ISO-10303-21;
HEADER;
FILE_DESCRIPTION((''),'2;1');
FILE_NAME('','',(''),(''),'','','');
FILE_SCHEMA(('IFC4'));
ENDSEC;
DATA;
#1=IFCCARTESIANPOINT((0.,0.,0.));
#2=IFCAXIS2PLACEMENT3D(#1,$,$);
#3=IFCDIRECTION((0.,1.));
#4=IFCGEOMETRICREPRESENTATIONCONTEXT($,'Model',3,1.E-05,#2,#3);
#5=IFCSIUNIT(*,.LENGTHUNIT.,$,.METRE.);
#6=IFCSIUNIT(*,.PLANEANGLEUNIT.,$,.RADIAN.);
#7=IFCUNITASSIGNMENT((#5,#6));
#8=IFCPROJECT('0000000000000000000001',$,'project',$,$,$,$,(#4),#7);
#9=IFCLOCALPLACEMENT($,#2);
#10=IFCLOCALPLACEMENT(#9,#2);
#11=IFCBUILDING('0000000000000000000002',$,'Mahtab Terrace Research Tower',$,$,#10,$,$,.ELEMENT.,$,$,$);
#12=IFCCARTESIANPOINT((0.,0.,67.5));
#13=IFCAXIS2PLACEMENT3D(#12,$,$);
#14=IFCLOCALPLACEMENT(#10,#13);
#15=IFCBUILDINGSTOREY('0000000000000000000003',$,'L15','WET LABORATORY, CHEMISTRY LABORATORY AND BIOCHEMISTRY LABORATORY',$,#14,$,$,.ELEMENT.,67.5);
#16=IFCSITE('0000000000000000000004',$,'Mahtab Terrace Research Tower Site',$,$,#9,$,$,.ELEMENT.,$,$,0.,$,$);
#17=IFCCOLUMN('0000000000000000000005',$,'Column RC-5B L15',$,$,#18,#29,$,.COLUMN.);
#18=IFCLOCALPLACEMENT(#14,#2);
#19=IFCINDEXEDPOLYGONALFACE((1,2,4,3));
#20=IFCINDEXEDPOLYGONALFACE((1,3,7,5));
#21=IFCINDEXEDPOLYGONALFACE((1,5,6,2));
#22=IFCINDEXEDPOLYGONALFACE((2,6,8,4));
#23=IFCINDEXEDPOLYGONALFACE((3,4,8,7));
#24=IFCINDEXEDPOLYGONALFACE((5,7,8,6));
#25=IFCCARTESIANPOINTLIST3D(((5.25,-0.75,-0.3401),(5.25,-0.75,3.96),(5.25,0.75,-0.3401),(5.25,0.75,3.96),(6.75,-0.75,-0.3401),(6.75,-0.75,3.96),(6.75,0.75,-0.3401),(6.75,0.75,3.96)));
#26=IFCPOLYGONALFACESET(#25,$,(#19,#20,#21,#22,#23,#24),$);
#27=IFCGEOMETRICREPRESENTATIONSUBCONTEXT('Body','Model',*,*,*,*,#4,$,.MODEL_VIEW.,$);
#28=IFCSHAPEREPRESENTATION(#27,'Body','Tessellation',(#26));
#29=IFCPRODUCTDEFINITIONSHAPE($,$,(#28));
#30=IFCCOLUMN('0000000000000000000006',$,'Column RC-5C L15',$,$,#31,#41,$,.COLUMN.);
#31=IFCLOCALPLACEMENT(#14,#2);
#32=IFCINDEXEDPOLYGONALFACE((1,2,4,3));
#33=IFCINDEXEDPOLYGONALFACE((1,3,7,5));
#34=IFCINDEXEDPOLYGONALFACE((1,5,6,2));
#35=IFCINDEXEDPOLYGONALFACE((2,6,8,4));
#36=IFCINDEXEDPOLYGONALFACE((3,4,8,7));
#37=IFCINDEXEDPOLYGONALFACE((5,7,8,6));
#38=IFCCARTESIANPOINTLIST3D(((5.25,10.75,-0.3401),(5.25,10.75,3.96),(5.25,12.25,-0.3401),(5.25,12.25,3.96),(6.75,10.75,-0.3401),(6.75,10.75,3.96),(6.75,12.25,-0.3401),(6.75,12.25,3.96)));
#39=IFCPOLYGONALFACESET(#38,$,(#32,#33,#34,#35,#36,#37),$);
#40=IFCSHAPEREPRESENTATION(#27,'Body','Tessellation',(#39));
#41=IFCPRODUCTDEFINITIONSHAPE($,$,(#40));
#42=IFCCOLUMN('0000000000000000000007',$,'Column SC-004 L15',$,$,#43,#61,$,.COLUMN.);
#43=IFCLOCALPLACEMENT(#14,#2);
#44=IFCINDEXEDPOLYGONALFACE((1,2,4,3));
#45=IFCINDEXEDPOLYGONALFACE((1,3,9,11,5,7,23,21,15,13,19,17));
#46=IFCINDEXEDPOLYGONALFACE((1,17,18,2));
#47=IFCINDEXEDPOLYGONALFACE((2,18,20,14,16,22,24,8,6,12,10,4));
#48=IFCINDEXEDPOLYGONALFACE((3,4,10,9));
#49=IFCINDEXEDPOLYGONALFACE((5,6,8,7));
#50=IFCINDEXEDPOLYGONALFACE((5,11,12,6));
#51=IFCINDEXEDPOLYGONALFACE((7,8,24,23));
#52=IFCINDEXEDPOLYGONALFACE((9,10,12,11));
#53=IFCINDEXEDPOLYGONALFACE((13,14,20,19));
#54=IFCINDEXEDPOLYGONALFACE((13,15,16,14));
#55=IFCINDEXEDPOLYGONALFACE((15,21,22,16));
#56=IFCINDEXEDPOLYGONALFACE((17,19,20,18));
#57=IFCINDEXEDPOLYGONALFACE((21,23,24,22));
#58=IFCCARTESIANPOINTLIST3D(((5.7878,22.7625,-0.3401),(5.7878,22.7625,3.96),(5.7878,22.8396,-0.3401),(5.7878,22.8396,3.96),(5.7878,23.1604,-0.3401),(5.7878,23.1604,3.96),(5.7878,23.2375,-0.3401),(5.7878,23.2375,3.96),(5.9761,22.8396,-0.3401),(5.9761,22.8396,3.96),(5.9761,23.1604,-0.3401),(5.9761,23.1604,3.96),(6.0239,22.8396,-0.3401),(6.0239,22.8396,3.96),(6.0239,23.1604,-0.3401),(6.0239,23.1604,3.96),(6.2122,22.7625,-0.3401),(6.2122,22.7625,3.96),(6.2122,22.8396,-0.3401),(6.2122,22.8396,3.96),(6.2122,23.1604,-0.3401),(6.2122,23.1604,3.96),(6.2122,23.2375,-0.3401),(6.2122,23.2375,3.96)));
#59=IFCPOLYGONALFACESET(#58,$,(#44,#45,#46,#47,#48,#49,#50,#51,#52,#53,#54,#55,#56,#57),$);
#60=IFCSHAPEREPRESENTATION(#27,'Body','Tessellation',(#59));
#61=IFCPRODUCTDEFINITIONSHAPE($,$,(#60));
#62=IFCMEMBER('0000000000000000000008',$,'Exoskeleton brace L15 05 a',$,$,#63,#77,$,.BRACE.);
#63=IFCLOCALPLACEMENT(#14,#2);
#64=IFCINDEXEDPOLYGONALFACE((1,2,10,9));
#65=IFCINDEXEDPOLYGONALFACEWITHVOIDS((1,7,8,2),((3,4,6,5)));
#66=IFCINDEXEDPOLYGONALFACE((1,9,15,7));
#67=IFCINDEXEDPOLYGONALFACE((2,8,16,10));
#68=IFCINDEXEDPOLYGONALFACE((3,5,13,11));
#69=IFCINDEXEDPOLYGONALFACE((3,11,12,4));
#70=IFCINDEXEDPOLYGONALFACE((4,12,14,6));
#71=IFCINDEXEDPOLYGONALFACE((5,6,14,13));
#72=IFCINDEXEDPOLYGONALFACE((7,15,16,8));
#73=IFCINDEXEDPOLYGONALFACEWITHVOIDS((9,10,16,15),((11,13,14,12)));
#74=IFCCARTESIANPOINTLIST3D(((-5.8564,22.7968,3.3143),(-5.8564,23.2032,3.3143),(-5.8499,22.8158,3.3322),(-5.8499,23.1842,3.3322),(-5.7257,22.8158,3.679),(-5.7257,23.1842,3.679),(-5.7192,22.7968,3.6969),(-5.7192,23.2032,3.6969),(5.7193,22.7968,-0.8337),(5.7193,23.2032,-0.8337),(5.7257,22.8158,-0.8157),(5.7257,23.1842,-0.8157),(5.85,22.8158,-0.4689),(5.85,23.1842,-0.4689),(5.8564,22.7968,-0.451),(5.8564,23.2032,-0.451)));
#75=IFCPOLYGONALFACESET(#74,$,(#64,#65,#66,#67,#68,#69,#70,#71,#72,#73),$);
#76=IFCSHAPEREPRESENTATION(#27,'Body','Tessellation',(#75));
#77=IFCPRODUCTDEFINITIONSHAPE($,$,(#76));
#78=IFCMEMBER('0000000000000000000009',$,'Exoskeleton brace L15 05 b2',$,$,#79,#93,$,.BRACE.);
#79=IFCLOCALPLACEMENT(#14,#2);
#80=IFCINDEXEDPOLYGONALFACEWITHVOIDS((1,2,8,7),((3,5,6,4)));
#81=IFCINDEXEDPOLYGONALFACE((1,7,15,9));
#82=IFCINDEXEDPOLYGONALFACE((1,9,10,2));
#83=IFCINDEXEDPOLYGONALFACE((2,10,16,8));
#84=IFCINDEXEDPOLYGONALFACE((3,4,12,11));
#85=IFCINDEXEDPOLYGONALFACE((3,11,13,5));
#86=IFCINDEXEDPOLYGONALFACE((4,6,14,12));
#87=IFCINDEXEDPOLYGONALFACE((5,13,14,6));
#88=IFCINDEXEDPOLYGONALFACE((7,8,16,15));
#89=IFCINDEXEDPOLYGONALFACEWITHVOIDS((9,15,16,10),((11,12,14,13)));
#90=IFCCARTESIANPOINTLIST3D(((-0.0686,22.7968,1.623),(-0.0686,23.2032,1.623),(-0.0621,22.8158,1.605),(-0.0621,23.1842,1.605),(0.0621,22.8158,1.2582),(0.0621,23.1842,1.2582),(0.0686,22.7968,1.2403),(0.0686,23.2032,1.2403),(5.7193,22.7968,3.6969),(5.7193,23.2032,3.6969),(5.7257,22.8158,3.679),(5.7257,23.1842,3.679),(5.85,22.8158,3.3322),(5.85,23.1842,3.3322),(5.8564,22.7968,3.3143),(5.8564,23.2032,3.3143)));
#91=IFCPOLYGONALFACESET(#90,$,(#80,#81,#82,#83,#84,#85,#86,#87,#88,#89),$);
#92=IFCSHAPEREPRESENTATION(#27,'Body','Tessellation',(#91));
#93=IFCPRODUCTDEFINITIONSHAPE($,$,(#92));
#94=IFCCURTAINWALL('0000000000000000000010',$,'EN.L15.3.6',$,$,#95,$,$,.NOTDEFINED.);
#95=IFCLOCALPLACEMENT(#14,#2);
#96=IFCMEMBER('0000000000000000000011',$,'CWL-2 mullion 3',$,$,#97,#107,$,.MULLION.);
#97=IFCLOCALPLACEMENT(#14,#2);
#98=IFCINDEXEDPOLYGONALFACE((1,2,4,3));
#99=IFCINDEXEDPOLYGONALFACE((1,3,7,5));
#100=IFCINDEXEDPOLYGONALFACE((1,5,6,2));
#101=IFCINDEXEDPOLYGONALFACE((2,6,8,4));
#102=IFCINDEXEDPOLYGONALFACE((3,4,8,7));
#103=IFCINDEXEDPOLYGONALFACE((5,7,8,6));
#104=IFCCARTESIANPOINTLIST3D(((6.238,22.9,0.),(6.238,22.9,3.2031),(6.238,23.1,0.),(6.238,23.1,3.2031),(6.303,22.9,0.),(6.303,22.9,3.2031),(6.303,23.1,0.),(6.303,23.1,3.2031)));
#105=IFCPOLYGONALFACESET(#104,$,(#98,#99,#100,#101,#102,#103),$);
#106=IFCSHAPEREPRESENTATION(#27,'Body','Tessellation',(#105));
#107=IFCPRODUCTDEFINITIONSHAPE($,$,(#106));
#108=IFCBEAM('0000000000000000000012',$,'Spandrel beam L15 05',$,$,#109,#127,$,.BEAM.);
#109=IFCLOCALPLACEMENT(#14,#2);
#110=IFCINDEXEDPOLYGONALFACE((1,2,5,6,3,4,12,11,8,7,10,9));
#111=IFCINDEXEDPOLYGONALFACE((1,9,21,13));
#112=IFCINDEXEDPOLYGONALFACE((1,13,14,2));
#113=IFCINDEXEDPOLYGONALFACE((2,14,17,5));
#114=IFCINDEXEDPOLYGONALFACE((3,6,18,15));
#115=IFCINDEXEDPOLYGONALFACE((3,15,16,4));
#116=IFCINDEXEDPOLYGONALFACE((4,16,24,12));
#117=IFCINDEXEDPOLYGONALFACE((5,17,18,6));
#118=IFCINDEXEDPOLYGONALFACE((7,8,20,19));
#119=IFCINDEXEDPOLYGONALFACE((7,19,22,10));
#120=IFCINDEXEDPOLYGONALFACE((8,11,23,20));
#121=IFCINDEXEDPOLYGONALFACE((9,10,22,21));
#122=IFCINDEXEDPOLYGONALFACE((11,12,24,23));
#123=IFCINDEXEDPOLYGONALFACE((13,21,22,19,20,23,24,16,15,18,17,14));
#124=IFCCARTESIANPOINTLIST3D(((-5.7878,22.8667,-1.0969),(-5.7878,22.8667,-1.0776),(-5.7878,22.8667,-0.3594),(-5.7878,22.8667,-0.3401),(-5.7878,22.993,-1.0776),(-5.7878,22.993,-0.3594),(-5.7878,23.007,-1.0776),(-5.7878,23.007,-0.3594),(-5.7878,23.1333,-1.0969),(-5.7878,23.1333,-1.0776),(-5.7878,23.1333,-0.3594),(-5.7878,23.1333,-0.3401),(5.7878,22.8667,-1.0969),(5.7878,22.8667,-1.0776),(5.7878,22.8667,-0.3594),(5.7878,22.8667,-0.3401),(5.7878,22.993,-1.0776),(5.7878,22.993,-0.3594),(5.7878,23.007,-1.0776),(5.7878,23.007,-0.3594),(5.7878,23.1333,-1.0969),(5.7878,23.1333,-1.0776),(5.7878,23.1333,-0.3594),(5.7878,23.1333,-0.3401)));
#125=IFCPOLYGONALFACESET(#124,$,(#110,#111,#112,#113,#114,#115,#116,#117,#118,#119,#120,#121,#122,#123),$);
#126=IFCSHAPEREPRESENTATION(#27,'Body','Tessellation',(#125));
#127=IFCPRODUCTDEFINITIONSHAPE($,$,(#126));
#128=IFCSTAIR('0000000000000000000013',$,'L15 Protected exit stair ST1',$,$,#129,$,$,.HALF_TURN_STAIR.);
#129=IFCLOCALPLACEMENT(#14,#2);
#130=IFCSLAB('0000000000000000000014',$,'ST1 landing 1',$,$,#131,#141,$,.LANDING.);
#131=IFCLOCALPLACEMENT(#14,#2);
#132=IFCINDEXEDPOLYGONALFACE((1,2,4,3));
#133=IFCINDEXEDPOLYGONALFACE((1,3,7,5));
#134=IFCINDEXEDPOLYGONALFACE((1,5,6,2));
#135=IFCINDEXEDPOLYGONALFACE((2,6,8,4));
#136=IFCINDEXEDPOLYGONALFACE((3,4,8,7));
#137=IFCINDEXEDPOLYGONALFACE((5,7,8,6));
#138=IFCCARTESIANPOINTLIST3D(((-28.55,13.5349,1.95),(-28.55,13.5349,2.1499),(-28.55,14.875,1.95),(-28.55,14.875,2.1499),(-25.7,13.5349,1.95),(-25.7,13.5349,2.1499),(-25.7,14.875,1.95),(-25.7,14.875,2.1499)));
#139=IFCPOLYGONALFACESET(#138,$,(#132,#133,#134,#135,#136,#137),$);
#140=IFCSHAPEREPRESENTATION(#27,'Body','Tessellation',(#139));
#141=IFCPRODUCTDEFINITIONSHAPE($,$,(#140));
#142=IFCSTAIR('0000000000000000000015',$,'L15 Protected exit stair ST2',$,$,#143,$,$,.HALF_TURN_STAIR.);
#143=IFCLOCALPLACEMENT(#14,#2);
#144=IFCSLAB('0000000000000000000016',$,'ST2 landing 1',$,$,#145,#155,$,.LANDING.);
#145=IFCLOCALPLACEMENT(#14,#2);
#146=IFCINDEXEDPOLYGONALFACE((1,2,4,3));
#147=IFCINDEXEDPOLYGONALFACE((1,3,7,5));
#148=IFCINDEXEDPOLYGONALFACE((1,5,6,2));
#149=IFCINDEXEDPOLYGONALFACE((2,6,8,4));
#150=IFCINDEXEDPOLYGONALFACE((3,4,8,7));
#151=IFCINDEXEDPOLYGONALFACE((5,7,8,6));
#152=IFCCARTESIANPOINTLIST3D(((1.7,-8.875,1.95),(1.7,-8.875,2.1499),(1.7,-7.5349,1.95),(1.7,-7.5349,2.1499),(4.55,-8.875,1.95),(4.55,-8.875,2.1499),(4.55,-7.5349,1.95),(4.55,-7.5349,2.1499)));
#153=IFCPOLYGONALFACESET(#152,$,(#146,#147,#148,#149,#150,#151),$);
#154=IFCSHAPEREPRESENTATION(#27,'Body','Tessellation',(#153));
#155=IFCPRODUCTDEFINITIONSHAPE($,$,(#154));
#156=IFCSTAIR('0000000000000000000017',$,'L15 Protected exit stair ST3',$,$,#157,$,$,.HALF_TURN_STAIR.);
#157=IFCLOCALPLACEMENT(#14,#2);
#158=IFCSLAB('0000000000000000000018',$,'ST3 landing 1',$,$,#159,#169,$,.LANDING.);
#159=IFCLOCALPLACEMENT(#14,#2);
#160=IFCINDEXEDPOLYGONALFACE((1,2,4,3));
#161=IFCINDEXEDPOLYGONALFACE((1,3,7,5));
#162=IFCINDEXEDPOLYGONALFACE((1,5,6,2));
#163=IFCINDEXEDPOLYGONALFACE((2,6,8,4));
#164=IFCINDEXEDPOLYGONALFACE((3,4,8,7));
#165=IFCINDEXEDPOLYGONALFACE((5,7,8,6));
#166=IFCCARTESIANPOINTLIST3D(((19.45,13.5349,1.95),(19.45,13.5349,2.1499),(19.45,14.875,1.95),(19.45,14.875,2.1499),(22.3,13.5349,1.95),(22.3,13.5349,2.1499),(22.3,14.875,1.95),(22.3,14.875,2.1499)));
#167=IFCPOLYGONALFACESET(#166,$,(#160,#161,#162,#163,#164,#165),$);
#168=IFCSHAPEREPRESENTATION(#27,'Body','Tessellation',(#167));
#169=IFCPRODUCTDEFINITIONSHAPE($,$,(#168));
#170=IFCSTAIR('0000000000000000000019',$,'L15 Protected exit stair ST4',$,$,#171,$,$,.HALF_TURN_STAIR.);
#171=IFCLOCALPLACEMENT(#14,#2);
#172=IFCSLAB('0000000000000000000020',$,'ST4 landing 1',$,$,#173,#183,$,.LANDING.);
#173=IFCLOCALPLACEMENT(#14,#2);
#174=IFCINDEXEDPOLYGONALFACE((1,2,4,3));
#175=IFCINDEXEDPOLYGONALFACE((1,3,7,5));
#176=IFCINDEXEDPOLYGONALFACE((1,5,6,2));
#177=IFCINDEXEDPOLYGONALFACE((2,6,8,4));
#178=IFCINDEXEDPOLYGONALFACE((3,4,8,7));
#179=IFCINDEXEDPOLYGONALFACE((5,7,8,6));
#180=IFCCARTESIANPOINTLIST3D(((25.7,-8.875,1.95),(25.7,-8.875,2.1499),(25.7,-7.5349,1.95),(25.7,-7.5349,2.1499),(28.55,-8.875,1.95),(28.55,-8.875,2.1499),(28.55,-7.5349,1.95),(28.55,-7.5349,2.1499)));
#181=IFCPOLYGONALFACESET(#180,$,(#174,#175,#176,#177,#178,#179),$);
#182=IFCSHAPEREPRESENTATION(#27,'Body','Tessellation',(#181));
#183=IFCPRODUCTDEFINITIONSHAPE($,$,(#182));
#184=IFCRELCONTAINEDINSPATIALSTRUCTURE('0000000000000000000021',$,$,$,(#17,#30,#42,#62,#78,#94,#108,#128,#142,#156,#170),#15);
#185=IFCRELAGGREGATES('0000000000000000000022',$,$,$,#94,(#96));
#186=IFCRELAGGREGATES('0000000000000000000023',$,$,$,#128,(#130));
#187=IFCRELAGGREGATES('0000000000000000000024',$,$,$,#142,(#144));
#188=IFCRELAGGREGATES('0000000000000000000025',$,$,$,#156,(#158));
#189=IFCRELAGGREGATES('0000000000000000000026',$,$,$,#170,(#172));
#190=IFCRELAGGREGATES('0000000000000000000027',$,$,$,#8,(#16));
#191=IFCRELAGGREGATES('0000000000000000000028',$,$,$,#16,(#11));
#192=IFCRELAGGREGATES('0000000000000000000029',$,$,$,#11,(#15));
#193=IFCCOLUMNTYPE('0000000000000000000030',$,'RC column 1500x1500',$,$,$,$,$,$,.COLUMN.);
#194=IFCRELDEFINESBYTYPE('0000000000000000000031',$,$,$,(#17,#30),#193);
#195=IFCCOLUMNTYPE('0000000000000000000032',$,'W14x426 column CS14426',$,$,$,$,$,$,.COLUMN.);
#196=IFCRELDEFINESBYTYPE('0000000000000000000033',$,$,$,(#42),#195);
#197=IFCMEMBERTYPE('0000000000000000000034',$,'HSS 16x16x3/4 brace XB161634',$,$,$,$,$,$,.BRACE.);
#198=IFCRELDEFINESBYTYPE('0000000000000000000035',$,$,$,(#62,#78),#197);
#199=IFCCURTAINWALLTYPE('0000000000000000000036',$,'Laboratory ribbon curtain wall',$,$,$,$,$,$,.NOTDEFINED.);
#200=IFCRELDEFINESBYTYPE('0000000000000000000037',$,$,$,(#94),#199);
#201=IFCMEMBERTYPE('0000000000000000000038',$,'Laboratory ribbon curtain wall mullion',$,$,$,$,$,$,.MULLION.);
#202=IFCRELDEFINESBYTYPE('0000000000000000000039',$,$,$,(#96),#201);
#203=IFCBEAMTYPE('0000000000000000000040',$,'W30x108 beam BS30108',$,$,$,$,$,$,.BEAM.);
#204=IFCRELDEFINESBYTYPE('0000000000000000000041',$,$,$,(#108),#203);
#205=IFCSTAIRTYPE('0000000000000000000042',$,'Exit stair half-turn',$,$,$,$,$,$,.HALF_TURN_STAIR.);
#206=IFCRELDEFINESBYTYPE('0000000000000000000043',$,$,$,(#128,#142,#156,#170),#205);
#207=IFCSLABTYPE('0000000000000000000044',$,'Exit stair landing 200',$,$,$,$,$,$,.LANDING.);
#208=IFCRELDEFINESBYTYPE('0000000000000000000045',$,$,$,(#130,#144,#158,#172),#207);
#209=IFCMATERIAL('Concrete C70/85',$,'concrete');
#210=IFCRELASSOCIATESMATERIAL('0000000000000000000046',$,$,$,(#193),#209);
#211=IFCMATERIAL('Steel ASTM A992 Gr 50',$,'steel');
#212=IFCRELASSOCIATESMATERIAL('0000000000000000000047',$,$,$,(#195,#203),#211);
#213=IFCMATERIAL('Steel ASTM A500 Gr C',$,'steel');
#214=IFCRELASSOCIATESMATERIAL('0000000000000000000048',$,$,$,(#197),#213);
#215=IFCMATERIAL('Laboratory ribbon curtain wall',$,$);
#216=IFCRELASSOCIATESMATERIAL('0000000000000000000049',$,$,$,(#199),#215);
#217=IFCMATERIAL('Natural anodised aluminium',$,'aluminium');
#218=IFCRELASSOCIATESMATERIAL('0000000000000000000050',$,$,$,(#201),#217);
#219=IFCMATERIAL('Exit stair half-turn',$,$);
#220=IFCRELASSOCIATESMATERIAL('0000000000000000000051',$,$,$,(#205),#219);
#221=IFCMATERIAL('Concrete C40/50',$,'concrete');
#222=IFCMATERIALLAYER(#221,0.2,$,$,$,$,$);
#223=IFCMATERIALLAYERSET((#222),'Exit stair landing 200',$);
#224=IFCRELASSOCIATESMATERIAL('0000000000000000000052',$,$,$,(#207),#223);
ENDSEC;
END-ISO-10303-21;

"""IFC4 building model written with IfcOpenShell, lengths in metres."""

from ifc_helpers import new_model, si_unit, direction, frame, origin, origin_2d, place, context, subcontext, project, spatial, polyline, rectangle, hollow_rectangle, i_section, outline, extrude, material, layer, layer_set, material_profile, profile_set, type_object, element, aggregate, save


model = new_model("IFC4")

# Units and contexts
model_context = context("Model", 3, precision=1e-05, world=origin(), true_north=direction((0.0, 1.0)))
body_context = subcontext(model_context, "Body", "Model", "MODEL_VIEW")
ifc_project = project(units=[si_unit("LENGTHUNIT", "METRE"), si_unit("PLANEANGLEUNIT", "RADIAN")], contexts=[model_context])

# Site, building, storey
site_placement = place(None, origin())
site = spatial("IfcSite", under=ifc_project, at=site_placement, Name="Mahtab Terrace Research Tower Site", CompositionType="ELEMENT", RefElevation=0.0)
building_placement = place(site_placement, origin())
building = spatial("IfcBuilding", under=site, at=building_placement, Name="Mahtab Terrace Research Tower", CompositionType="ELEMENT")
storey_placement = place(building_placement, frame((0.0, 0.0, 67.5)))
storey = spatial("IfcBuildingStorey", under=building, at=storey_placement, Name="L15", Description="WET LABORATORY, CHEMISTRY LABORATORY AND BIOCHEMISTRY LABORATORY", CompositionType="ELEMENT", Elevation=67.5)

# Columns
ifc_material_1 = material(Name="Concrete C70/85", Category="concrete")
ifc_material_profile_1 = material_profile(ifc_material_1, rectangle(XDim=1.5, YDim=1.5, at=origin_2d()), Name="RC column 1500x1500")
ifc_profile_set_1 = profile_set([ifc_material_profile_1], Name="Concrete C70/85")
column_type_1 = type_object("IfcColumnType", Name="RC column 1500x1500", PredefinedType="COLUMN", material=ifc_profile_set_1)
for number, where, z_axis, x_axis, name in (
    (1, (6.0, 0.0, -0.3401), (0.0, 0.0, 1.0), (1.0, 0.0, 0.0), "Column RC-5B L15"),
    (2, (6.0, 11.5, -0.3401), (0.0, 0.0, 1.0), (1.0, 0.0, 0.0), "Column RC-5C L15"),
):
    element("IfcColumn", number, at=place(storey_placement, frame(where, z_axis=z_axis, x_axis=x_axis)), inside=storey, type_object=column_type_1, Name=name, PredefinedType="COLUMN", context=body_context, shape_type="SweptSolid", body=[
        extrude(rectangle(XDim=1.5, YDim=1.5, at=origin_2d()), origin(), (0.0, 0.0, 1.0), 4.3),
    ])
ifc_material_2 = material(Name="Steel ASTM A992 Gr 50", Category="steel")
ifc_material_profile_2 = material_profile(ifc_material_2, i_section(OverallWidth=0.4243, OverallDepth=0.4751, WebThickness=0.0479, FlangeThickness=0.0771, at=origin_2d()), Name="W14X426")
ifc_profile_set_2 = profile_set([ifc_material_profile_2], Name="Steel ASTM A992 Gr 50")
column_type_2 = type_object("IfcColumnType", Name="W14x426 column CS14426", PredefinedType="COLUMN", material=ifc_profile_set_2)
column_placement = place(storey_placement, frame((6.0, 23.0, -0.3401), z_axis=(0.0, 0.0, 1.0), x_axis=(1.0, 0.0, 0.0)))
element("IfcColumn", 3, at=column_placement, inside=storey, type_object=column_type_2, Name="Column SC-004 L15", PredefinedType="COLUMN", context=body_context, shape_type="SweptSolid", body=[
    extrude(i_section(OverallWidth=0.4243, OverallDepth=0.4751, WebThickness=0.0479, FlangeThickness=0.0771, at=origin_2d()), origin(), (0.0, 0.0, 1.0), 4.3),
])

# Members
ifc_material_3 = material(Name="Steel ASTM A500 Gr C", Category="steel")
ifc_material_profile_3 = material_profile(ifc_material_3, hollow_rectangle(XDim=0.4065, YDim=0.4065, WallThickness=0.019, at=origin_2d()), Name="HSS16X16X3/4")
ifc_profile_set_3 = profile_set([ifc_material_profile_3], Name="Steel ASTM A500 Gr C")
member_type_1 = type_object("IfcMemberType", Name="HSS 16x16x3/4 brace XB161634", PredefinedType="BRACE", material=ifc_profile_set_3)
member_1_placement = place(storey_placement, frame((5.7878, 23.0, -0.6423), z_axis=(-0.941387, 0.0, 0.33733), x_axis=(0.0, -1.0, 0.0)))
element("IfcMember", 4, at=member_1_placement, inside=storey, type_object=member_type_1, Name="Exoskeleton brace L15 05 a", PredefinedType="BRACE", context=body_context, shape_type="SweptSolid", body=[
    extrude(hollow_rectangle(XDim=0.4065, YDim=0.4065, WallThickness=0.019, at=origin_2d()), origin(), (0.0, 0.0, 1.0), 12.2964),
])
member_2_placement = place(storey_placement, frame((0.0, 23.0, 1.4316), z_axis=(0.941387, 0.0, 0.33733), x_axis=(0.0, 1.0, 0.0)))
element("IfcMember", 5, at=member_2_placement, inside=storey, type_object=member_type_1, Name="Exoskeleton brace L15 05 b2", PredefinedType="BRACE", context=body_context, shape_type="SweptSolid", body=[
    extrude(hollow_rectangle(XDim=0.4065, YDim=0.4065, WallThickness=0.019, at=origin_2d()), origin(), (0.0, 0.0, 1.0), 6.1482),
])

# Curtain wall, member
ifc_material_4 = material(Name="Laboratory ribbon curtain wall")
curtain_wall_type = type_object("IfcCurtainWallType", Name="Laboratory ribbon curtain wall", PredefinedType="NOTDEFINED", material=ifc_material_4)
curtain_wall_placement = place(storey_placement, origin())
curtain_wall = element("IfcCurtainWall", 6, at=curtain_wall_placement, inside=storey, type_object=curtain_wall_type, Name="EN.L15.3.6", PredefinedType="NOTDEFINED")
ifc_material_5 = material(Name="Natural anodised aluminium", Category="aluminium")
ifc_material_profile_4 = material_profile(ifc_material_5, rectangle(XDim=0.2, YDim=0.0649, at=origin_2d()), Name="MULLION 65x200")
ifc_profile_set_4 = profile_set([ifc_material_profile_4], Name="Natural anodised aluminium")
member_type_2 = type_object("IfcMemberType", Name="Laboratory ribbon curtain wall mullion", PredefinedType="MULLION", material=ifc_profile_set_4)
member_3_placement = place(storey_placement, frame((6.2705, 23.0, 0.0), z_axis=(0.0, 0.0, 1.0), x_axis=(0.0, -1.0, 0.0)))
member_3 = element("IfcMember", 7, at=member_3_placement, type_object=member_type_2, Name="CWL-2 mullion 3", PredefinedType="MULLION", context=body_context, shape_type="SweptSolid", body=[
    extrude(rectangle(XDim=0.2, YDim=0.0649, at=origin_2d()), origin(), (0.0, 0.0, 1.0), 3.2031),
])
aggregate(curtain_wall, [member_3])

# Beam
ifc_material_profile_5 = material_profile(ifc_material_2, i_section(OverallWidth=0.2666, OverallDepth=0.7568, WebThickness=0.0139, FlangeThickness=0.0193, at=origin_2d()), Name="W30X108")
ifc_profile_set_5 = profile_set([ifc_material_profile_5], Name="Steel ASTM A992 Gr 50")
beam_type = type_object("IfcBeamType", Name="W30x108 beam BS30108", PredefinedType="BEAM", material=ifc_profile_set_5)
beam_placement = place(storey_placement, frame((5.7878, 23.0, -0.7185), z_axis=(-1.0, 0.0, 0.0), x_axis=(0.0, -1.0, 0.0)))
element("IfcBeam", 8, at=beam_placement, inside=storey, type_object=beam_type, Name="Spandrel beam L15 05", PredefinedType="BEAM", context=body_context, shape_type="SweptSolid", body=[
    extrude(i_section(OverallWidth=0.2666, OverallDepth=0.7568, WebThickness=0.0139, FlangeThickness=0.0193, at=origin_2d()), origin(), (0.0, 0.0, 1.0), 11.5757),
])

# Stairs, slabs
ifc_material_6 = material(Name="Exit stair half-turn")
stair_type = type_object("IfcStairType", Name="Exit stair half-turn", PredefinedType="HALF_TURN_STAIR", material=ifc_material_6)
stair_1_placement = place(storey_placement, origin())
stair_1 = element("IfcStair", 9, at=stair_1_placement, inside=storey, type_object=stair_type, Name="L15 Protected exit stair ST1", PredefinedType="HALF_TURN_STAIR")
ifc_material_7 = material(Name="Concrete C40/50", Category="concrete")
ifc_layer_1 = layer(ifc_material_7, 0.2)
ifc_layer_set_1 = layer_set([ifc_layer_1], Name="Exit stair landing 200")
slab_type = type_object("IfcSlabType", Name="Exit stair landing 200", PredefinedType="LANDING", material=ifc_layer_set_1)
slab_1_placement = place(storey_placement, frame((0.0, 0.0, 1.95)))
slab_1 = element("IfcSlab", 10, at=slab_1_placement, type_object=slab_type, Name="ST1 landing 1", PredefinedType="LANDING", context=body_context, shape_type="SweptSolid", body=[
    extrude(outline(polyline([(-25.7, 13.5349), (-25.7, 14.875), (-28.55, 14.875), (-28.55, 13.5349), (-25.7, 13.5349)])), origin(), (0.0, 0.0, 1.0), 0.2),
])
aggregate(stair_1, [slab_1])
stair_2_placement = place(storey_placement, origin())
stair_2 = element("IfcStair", 11, at=stair_2_placement, inside=storey, type_object=stair_type, Name="L15 Protected exit stair ST2", PredefinedType="HALF_TURN_STAIR")
slab_2_placement = place(storey_placement, frame((0.0, 0.0, 1.95)))
slab_2 = element("IfcSlab", 12, at=slab_2_placement, type_object=slab_type, Name="ST2 landing 1", PredefinedType="LANDING", context=body_context, shape_type="SweptSolid", body=[
    extrude(outline(polyline([(1.7, -7.5349), (1.7, -8.875), (4.55, -8.875), (4.55, -7.5349), (1.7, -7.5349)])), origin(), (0.0, 0.0, 1.0), 0.2),
])
aggregate(stair_2, [slab_2])
stair_3_placement = place(storey_placement, origin())
stair_3 = element("IfcStair", 13, at=stair_3_placement, inside=storey, type_object=stair_type, Name="L15 Protected exit stair ST3", PredefinedType="HALF_TURN_STAIR")
slab_3_placement = place(storey_placement, frame((0.0, 0.0, 1.95)))
slab_3 = element("IfcSlab", 14, at=slab_3_placement, type_object=slab_type, Name="ST3 landing 1", PredefinedType="LANDING", context=body_context, shape_type="SweptSolid", body=[
    extrude(outline(polyline([(22.3, 13.5349), (22.3, 14.875), (19.45, 14.875), (19.45, 13.5349), (22.3, 13.5349)])), origin(), (0.0, 0.0, 1.0), 0.2),
])
aggregate(stair_3, [slab_3])
stair_4_placement = place(storey_placement, origin())
stair_4 = element("IfcStair", 15, at=stair_4_placement, inside=storey, type_object=stair_type, Name="L15 Protected exit stair ST4", PredefinedType="HALF_TURN_STAIR")
slab_4_placement = place(storey_placement, frame((0.0, 0.0, 1.95)))
slab_4 = element("IfcSlab", 16, at=slab_4_placement, type_object=slab_type, Name="ST4 landing 1", PredefinedType="LANDING", context=body_context, shape_type="SweptSolid", body=[
    extrude(outline(polyline([(25.7, -7.5349), (25.7, -8.875), (28.55, -8.875), (28.55, -7.5349), (25.7, -7.5349)])), origin(), (0.0, 0.0, 1.0), 0.2),
])
aggregate(stair_4, [slab_4])

save(model, "model.ifc")
